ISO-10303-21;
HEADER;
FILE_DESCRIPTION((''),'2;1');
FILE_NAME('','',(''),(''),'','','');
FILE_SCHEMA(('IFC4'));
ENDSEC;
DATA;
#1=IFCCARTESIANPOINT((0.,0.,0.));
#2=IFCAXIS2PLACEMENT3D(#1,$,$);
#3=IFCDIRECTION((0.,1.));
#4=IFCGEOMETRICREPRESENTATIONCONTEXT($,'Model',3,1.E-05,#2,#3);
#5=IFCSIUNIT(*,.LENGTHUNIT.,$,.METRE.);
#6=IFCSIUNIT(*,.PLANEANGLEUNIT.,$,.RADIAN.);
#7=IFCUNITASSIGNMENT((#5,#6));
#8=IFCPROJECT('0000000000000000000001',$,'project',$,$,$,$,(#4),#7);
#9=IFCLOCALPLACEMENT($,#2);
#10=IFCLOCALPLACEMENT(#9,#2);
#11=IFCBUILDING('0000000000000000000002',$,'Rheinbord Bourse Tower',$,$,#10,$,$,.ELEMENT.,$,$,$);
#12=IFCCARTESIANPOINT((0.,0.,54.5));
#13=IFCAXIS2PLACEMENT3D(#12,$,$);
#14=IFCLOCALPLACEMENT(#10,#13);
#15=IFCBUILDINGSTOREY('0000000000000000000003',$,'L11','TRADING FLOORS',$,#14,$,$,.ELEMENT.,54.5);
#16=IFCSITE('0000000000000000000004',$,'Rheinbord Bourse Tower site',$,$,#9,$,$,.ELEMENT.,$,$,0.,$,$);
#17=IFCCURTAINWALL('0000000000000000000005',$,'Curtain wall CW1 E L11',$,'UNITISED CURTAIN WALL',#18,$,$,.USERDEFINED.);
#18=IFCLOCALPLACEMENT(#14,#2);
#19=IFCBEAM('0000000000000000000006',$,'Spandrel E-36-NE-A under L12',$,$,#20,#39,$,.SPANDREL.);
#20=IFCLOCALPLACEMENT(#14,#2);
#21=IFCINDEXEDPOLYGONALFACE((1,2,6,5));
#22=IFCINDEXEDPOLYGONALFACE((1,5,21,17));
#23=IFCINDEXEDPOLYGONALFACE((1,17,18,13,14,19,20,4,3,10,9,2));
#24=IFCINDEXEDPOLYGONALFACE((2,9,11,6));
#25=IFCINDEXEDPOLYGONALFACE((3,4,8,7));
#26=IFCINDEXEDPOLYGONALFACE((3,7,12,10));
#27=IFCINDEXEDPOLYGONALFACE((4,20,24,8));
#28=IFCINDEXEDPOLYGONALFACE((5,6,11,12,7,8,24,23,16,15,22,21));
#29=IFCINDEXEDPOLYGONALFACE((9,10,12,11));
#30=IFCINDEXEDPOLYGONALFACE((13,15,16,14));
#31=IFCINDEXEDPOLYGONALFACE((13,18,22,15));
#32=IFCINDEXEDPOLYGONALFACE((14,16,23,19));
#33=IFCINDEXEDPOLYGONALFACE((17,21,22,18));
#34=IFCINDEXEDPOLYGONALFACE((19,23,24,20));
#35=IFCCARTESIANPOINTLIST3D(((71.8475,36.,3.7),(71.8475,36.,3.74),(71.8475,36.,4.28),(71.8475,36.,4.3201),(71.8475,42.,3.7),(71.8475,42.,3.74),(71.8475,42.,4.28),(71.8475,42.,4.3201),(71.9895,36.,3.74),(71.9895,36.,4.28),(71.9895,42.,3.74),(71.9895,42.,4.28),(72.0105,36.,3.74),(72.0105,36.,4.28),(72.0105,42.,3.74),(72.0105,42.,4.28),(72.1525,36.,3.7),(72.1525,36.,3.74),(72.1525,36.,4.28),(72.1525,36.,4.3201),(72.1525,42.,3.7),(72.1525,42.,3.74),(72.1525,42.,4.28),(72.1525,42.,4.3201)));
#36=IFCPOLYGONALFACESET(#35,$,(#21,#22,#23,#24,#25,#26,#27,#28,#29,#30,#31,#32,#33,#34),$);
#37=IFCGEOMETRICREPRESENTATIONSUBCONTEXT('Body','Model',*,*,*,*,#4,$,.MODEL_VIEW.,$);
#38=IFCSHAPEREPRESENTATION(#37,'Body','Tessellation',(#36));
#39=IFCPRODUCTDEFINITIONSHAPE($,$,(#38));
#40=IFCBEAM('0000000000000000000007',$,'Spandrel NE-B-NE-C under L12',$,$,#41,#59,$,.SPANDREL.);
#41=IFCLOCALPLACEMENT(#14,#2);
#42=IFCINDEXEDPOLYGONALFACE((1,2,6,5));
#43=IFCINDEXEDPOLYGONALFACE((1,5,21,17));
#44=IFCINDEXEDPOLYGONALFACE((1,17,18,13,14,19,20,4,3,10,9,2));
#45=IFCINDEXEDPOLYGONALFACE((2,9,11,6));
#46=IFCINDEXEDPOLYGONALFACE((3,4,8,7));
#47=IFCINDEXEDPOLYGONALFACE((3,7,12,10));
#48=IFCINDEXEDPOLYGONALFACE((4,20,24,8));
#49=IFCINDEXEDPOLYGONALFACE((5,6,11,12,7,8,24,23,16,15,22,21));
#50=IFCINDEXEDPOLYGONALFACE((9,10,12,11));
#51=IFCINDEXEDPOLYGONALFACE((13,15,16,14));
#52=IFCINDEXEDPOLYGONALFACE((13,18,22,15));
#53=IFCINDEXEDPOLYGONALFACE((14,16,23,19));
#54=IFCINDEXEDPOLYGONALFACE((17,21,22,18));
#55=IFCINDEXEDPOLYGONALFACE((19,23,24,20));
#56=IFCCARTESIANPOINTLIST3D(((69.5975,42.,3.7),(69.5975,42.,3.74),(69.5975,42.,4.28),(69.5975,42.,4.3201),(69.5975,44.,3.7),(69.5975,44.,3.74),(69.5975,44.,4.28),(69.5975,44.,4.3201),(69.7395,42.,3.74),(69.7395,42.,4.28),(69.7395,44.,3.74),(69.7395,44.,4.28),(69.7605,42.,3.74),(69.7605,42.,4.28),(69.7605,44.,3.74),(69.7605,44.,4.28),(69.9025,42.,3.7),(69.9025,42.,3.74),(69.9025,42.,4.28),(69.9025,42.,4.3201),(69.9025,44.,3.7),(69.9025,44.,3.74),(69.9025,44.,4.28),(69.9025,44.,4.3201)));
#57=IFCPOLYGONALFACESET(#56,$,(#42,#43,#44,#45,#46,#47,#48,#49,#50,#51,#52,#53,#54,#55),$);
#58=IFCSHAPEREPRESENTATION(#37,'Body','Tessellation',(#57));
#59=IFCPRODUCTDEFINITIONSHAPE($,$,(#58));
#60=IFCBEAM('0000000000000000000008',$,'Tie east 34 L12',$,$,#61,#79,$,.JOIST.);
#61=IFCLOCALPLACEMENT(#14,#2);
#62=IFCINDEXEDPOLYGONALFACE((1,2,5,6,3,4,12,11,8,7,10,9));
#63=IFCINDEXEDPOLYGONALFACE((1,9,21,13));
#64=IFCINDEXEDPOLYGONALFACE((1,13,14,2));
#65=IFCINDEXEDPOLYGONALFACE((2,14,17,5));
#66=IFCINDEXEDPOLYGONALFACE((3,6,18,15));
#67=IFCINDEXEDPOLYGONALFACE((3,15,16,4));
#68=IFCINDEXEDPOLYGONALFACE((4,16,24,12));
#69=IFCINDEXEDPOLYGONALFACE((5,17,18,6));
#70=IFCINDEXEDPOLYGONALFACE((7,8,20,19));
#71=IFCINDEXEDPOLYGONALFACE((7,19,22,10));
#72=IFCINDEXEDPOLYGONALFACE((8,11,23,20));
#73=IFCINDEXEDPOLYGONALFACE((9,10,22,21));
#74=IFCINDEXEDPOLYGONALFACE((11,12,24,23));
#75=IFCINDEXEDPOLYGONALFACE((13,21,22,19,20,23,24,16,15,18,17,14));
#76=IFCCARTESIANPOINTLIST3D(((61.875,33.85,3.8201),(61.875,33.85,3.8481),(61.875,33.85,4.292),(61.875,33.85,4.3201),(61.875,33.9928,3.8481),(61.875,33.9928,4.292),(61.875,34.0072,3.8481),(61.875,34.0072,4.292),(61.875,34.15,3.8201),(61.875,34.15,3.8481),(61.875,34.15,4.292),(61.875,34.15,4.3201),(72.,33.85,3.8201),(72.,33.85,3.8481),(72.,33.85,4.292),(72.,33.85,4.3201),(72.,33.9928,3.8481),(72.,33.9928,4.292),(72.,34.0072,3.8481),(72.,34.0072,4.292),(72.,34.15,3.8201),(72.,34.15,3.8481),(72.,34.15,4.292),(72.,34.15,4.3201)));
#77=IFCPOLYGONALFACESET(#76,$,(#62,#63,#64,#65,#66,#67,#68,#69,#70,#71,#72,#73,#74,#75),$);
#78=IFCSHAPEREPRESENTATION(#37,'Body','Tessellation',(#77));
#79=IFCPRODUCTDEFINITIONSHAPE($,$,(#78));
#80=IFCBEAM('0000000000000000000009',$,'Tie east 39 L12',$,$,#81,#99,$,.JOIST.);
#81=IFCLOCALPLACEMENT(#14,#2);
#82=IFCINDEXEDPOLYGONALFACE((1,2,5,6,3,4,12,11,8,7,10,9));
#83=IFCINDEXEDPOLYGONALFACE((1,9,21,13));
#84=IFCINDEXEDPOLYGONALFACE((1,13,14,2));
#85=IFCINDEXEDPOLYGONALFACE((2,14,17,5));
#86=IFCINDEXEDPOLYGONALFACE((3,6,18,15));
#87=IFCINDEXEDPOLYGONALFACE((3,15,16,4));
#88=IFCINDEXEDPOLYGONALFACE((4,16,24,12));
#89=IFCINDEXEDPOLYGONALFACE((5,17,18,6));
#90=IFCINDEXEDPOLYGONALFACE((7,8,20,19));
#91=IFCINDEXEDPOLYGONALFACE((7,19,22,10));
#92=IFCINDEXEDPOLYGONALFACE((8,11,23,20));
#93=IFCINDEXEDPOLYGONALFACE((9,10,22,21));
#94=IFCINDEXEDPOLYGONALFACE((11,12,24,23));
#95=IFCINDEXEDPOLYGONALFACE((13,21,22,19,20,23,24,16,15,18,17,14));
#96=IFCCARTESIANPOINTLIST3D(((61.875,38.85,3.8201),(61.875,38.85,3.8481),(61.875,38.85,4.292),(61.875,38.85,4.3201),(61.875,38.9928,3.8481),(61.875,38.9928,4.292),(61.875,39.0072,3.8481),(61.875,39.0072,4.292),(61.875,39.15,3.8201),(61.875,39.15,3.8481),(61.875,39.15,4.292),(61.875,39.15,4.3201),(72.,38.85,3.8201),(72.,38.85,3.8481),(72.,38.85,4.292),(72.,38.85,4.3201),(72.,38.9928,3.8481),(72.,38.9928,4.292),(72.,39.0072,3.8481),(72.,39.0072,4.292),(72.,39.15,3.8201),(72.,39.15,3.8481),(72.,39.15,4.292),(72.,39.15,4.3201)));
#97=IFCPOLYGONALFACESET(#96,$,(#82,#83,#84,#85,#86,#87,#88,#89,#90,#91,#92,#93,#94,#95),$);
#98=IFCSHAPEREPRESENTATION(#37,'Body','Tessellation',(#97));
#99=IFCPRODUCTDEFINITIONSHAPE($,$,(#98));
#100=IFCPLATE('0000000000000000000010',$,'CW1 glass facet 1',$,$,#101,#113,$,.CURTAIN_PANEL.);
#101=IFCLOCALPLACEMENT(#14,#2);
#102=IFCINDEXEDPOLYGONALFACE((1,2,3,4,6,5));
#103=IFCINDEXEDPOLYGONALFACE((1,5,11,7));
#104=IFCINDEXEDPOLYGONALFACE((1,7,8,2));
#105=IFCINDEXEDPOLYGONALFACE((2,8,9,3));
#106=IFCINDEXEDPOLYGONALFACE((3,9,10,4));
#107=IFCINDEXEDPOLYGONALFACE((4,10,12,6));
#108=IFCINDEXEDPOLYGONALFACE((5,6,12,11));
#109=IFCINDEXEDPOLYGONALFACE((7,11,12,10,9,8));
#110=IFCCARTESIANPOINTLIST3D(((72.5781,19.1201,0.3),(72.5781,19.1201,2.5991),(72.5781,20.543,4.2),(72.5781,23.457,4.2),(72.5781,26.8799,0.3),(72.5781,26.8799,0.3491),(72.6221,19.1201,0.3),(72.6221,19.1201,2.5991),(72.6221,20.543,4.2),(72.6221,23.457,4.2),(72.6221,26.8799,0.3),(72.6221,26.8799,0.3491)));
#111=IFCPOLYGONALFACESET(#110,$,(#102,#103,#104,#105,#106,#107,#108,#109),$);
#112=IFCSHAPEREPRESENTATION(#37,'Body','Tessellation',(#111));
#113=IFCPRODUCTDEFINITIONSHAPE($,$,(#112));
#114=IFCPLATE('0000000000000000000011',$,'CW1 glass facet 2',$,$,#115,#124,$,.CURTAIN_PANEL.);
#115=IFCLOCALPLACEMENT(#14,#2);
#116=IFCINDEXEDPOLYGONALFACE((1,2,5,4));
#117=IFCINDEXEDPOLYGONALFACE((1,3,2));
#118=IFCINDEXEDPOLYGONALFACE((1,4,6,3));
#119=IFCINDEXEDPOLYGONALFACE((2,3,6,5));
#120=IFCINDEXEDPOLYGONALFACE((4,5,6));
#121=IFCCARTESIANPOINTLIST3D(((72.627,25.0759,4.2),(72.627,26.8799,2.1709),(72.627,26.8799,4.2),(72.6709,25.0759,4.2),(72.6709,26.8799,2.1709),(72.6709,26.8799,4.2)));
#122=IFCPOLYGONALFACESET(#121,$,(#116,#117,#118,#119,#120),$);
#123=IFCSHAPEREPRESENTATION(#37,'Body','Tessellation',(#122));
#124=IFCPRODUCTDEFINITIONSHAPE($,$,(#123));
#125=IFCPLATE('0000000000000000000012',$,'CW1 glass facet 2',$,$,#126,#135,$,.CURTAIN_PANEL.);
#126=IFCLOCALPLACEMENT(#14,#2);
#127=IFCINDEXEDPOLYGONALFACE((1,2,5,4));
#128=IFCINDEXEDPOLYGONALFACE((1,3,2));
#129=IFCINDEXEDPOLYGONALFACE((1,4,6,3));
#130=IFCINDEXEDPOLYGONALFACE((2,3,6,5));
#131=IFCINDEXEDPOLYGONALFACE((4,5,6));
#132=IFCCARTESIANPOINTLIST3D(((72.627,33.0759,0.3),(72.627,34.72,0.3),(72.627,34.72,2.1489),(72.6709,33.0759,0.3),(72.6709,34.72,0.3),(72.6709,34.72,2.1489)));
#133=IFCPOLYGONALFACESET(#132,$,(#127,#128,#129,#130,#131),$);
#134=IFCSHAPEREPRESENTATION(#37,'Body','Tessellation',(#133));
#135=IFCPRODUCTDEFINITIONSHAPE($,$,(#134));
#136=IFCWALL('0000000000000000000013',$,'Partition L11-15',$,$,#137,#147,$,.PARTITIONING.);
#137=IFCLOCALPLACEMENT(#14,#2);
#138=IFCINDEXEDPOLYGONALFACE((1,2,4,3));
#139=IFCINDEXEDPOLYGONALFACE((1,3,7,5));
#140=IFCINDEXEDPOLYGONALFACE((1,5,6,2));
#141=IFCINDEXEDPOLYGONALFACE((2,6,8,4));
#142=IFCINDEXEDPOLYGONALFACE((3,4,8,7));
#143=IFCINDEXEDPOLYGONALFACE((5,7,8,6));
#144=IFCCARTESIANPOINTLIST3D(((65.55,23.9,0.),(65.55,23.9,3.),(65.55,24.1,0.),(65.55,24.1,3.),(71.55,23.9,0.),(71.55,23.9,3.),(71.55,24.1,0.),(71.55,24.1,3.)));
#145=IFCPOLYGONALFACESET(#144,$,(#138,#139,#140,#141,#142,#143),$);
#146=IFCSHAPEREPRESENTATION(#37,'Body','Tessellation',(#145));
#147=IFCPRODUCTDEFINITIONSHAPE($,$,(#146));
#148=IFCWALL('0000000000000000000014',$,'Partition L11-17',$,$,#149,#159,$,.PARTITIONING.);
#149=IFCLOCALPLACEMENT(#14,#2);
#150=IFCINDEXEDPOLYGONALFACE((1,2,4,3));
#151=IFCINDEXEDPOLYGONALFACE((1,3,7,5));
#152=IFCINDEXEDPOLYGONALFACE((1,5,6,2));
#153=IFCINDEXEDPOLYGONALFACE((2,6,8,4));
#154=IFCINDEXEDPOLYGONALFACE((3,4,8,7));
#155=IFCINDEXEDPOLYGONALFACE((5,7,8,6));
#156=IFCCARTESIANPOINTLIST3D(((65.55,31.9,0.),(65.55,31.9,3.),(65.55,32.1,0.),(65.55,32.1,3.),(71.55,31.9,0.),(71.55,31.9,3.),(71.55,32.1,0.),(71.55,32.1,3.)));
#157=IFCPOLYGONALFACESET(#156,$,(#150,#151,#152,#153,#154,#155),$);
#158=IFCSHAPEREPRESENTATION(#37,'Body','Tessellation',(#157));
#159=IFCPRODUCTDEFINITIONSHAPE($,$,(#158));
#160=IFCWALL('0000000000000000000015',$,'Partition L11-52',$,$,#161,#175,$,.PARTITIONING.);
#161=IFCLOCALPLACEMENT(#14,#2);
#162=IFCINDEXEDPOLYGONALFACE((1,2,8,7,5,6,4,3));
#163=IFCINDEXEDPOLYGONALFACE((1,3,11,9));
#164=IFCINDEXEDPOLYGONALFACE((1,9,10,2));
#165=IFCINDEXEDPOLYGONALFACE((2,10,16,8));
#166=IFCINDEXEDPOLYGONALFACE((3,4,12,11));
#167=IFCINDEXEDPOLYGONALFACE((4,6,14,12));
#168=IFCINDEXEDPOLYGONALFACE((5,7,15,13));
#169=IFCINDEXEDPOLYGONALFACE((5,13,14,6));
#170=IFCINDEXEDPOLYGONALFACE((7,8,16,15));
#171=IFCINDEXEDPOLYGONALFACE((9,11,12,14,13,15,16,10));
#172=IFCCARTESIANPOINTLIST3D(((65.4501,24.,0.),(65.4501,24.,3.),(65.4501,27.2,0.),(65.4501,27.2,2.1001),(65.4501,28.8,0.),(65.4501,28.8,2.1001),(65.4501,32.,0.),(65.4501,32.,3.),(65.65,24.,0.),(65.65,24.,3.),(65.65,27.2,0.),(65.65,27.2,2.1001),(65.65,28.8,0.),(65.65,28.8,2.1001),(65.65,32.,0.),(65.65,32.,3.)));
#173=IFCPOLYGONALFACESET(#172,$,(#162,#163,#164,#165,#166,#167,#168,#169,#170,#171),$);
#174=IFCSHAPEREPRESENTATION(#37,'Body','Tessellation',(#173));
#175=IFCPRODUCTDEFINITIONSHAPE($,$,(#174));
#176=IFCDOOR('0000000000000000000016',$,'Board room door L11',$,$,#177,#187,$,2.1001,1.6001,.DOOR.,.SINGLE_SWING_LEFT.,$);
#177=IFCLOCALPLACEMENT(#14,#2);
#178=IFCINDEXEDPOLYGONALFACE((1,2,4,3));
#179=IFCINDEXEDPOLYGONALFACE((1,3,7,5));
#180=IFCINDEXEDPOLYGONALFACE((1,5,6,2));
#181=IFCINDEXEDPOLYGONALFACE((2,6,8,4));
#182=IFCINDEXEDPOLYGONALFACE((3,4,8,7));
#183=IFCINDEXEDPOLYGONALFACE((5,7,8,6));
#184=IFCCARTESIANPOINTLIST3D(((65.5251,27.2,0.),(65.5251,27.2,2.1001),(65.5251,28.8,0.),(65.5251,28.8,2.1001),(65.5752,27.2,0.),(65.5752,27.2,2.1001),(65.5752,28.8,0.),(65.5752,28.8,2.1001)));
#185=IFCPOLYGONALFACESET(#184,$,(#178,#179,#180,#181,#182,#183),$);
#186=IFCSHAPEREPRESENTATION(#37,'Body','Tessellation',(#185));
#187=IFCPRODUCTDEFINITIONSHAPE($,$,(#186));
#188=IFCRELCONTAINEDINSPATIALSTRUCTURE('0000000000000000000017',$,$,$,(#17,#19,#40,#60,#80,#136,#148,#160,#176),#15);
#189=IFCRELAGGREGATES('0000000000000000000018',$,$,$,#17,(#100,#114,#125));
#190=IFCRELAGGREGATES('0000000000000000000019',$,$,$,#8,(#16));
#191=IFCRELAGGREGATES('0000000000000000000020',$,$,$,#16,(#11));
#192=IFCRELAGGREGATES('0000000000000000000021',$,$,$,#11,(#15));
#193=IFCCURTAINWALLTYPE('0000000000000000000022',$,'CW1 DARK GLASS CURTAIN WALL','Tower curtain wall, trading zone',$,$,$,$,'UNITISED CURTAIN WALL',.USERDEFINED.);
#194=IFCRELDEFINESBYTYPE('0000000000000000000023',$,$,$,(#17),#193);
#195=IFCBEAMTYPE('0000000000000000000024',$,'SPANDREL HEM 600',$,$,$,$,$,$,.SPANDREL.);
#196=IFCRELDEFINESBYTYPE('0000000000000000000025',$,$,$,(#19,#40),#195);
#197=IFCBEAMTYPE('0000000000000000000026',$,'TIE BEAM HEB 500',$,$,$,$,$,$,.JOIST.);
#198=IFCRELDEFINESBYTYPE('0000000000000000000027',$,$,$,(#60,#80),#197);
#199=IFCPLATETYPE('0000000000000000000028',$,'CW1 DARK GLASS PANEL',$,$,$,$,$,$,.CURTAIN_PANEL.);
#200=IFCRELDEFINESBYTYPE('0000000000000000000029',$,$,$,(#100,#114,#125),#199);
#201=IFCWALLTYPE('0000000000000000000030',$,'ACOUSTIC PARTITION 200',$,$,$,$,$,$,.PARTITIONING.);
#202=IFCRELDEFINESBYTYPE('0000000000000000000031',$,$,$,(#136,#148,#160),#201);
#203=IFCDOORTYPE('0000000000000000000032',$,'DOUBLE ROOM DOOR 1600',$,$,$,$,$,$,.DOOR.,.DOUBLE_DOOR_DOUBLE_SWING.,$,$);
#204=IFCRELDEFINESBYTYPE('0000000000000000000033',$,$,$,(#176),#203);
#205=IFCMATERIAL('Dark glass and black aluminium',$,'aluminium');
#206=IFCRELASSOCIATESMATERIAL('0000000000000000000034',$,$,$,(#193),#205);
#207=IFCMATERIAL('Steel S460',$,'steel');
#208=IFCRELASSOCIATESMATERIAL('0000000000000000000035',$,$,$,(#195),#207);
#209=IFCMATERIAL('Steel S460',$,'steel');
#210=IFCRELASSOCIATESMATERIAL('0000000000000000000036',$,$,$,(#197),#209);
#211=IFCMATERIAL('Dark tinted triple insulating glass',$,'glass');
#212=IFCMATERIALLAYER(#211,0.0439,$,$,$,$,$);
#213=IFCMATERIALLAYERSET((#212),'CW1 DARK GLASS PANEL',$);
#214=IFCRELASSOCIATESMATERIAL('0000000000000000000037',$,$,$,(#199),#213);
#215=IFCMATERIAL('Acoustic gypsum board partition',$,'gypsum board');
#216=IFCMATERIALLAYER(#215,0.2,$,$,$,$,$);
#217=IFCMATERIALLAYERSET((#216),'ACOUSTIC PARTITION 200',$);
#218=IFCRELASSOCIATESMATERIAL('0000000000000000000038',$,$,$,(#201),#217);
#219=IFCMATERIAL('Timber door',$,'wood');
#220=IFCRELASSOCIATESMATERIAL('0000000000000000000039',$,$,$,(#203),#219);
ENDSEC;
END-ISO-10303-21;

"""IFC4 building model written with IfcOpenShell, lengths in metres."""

from ifc_helpers import new_model, si_unit, direction, frame, frame_2d, origin, origin_2d, place, context, subcontext, project, spatial, polyline, rectangle, i_section, outline, extrude, material, layer, layer_set, material_profile, profile_set, type_object, element, fill, aggregate, save


model = new_model("IFC4")

# Units and contexts
model_context = context("Model", 3, precision=1e-05, world=origin(), true_north=direction((0.0, 1.0)))
body_context = subcontext(model_context, "Body", "Model", "MODEL_VIEW")
ifc_project = project(units=[si_unit("LENGTHUNIT", "METRE"), si_unit("PLANEANGLEUNIT", "RADIAN")], contexts=[model_context])

# Site, building, storey
site_placement = place(None, origin())
site = spatial("IfcSite", under=ifc_project, at=site_placement, Name="Rheinbord Bourse Tower site", CompositionType="ELEMENT", RefElevation=0.0)
building_placement = place(site_placement, origin())
building = spatial("IfcBuilding", under=site, at=building_placement, Name="Rheinbord Bourse Tower", CompositionType="ELEMENT")
storey_placement = place(building_placement, frame((0.0, 0.0, 54.5)))
storey = spatial("IfcBuildingStorey", under=building, at=storey_placement, Name="L11", Description="TRADING FLOORS", CompositionType="ELEMENT", Elevation=54.5)

# Curtain wall
ifc_material_1 = material(Name="Dark glass and black aluminium", Category="aluminium")
curtain_wall_type = type_object("IfcCurtainWallType", Name="CW1 DARK GLASS CURTAIN WALL", Description="Tower curtain wall, trading zone", ElementType="UNITISED CURTAIN WALL", PredefinedType="USERDEFINED", material=ifc_material_1)
curtain_wall_placement = place(storey_placement, origin())
curtain_wall = element("IfcCurtainWall", 1, at=curtain_wall_placement, inside=storey, type_object=curtain_wall_type, Name="Curtain wall CW1 E L11", ObjectType="UNITISED CURTAIN WALL", PredefinedType="USERDEFINED")

# Beams
ifc_material_2 = material(Name="Steel S460", Category="steel")
ifc_material_profile_1 = material_profile(ifc_material_2, i_section(OverallWidth=0.3049, OverallDepth=0.6201, WebThickness=0.021, FlangeThickness=0.04, at=origin_2d()), Name="HEM 600")
ifc_profile_set_1 = profile_set([ifc_material_profile_1], Name="Steel S460")
beam_type_1 = type_object("IfcBeamType", Name="SPANDREL HEM 600", PredefinedType="SPANDREL", material=ifc_profile_set_1)
beam_1_placement = place(storey_placement, frame((72.0, 36.0, 4.01), z_axis=(0.0, 1.0, 0.0), x_axis=(-1.0, 0.0, 0.0)))
element("IfcBeam", 2, at=beam_1_placement, inside=storey, type_object=beam_type_1, Name="Spandrel E-36-NE-A under L12", PredefinedType="SPANDREL", context=body_context, shape_type="SweptSolid", body=[
    extrude(i_section(OverallWidth=0.3049, OverallDepth=0.6201, WebThickness=0.021, FlangeThickness=0.04, at=origin_2d()), origin(), (0.0, 0.0, 1.0), 6.0),
])
beam_2_placement = place(storey_placement, frame((69.75, 42.0, 4.01), z_axis=(0.0, 1.0, 0.0), x_axis=(-1.0, 0.0, 0.0)))
element("IfcBeam", 3, at=beam_2_placement, inside=storey, type_object=beam_type_1, Name="Spandrel NE-B-NE-C under L12", PredefinedType="SPANDREL", context=body_context, shape_type="SweptSolid", body=[
    extrude(i_section(OverallWidth=0.3049, OverallDepth=0.6201, WebThickness=0.021, FlangeThickness=0.04, at=origin_2d()), origin(), (0.0, 0.0, 1.0), 2.0),
])
ifc_material_3 = material(Name="Steel S460", Category="steel")
ifc_material_profile_2 = material_profile(ifc_material_3, i_section(OverallWidth=0.3, OverallDepth=0.5, WebThickness=0.0144, FlangeThickness=0.0281, at=origin_2d()), Name="HEB 500")
ifc_profile_set_2 = profile_set([ifc_material_profile_2], Name="Steel S460")
beam_type_2 = type_object("IfcBeamType", Name="TIE BEAM HEB 500", PredefinedType="JOIST", material=ifc_profile_set_2)
for number, where, z_axis, x_axis, name in (
    (4, (61.875, 34.0, 4.0701), (1.0, 0.0, 0.0), (0.0, 1.0, 0.0), "Tie east 34 L12"),
    (5, (61.875, 39.0, 4.0701), (1.0, 0.0, 0.0), (0.0, 1.0, 0.0), "Tie east 39 L12"),
):
    element("IfcBeam", number, at=place(storey_placement, frame(where, z_axis=z_axis, x_axis=x_axis)), inside=storey, type_object=beam_type_2, Name=name, PredefinedType="JOIST", context=body_context, shape_type="SweptSolid", body=[
        extrude(i_section(OverallWidth=0.3, OverallDepth=0.5, WebThickness=0.0144, FlangeThickness=0.0281, at=origin_2d()), origin(), (0.0, 0.0, 1.0), 10.125),
    ])

# Plates
ifc_material_4 = material(Name="Dark tinted triple insulating glass", Category="glass")
ifc_layer_1 = layer(ifc_material_4, 0.0439)
ifc_layer_set_1 = layer_set([ifc_layer_1], Name="CW1 DARK GLASS PANEL")
plate_type = type_object("IfcPlateType", Name="CW1 DARK GLASS PANEL", PredefinedType="CURTAIN_PANEL", material=ifc_layer_set_1)
plate_1_placement = place(storey_placement, frame((72.6221, 26.8799, 0.3), z_axis=(-1.0, 0.0, 0.0), x_axis=(0.0, -1.0, 0.0)))
plate_1 = element("IfcPlate", 6, at=plate_1_placement, type_object=plate_type, Name="CW1 glass facet 1", PredefinedType="CURTAIN_PANEL", context=body_context, shape_type="SweptSolid", body=[
    extrude(outline(polyline([(0.0, 0.0), (7.7598, 0.0), (7.7598, 2.2991), (6.3369, 3.8999), (3.4229, 3.8999), (0.0, 0.0491), (0.0, 0.0)])), origin(), (0.0, 0.0, 1.0), 0.0439),
])
plate_2_placement = place(storey_placement, frame((72.6709, 26.8799, 4.2), z_axis=(-1.0, 0.0, 0.0), x_axis=(0.0, 0.0, -1.0)))
plate_2 = element("IfcPlate", 7, at=plate_2_placement, type_object=plate_type, Name="CW1 glass facet 2", PredefinedType="CURTAIN_PANEL", context=body_context, shape_type="SweptSolid", body=[
    extrude(outline(polyline([(0.0, 0.0), (2.0291, 0.0), (0.0, 1.804), (0.0, 0.0)])), origin(), (0.0, 0.0, 1.0), 0.0439),
])
plate_3_placement = place(storey_placement, frame((72.6709, 34.72, 0.3), z_axis=(-1.0, 0.0, 0.0), x_axis=(0.0, -1.0, 0.0)))
plate_3 = element("IfcPlate", 8, at=plate_3_placement, type_object=plate_type, Name="CW1 glass facet 2", PredefinedType="CURTAIN_PANEL", context=body_context, shape_type="SweptSolid", body=[
    extrude(outline(polyline([(0.0, 0.0), (1.644, 0.0), (0.0, 1.8489), (0.0, 0.0)])), origin(), (0.0, 0.0, 1.0), 0.0439),
])
aggregate(curtain_wall, [plate_1, plate_2, plate_3])

# Walls
ifc_material_5 = material(Name="Acoustic gypsum board partition", Category="gypsum board")
ifc_layer_2 = layer(ifc_material_5, 0.2)
ifc_layer_set_2 = layer_set([ifc_layer_2], Name="ACOUSTIC PARTITION 200")
wall_type_1 = type_object("IfcWallType", Name="ACOUSTIC PARTITION 200", PredefinedType="PARTITIONING", material=ifc_layer_set_2)
for number, where, z_axis, x_axis, name in (
    (9, (65.55, 24.0, 0.0), (0.0, 0.0, 1.0), (1.0, 0.0, 0.0), "Partition L11-15"),
    (10, (65.55, 32.0, 0.0), (0.0, 0.0, 1.0), (1.0, 0.0, 0.0), "Partition L11-17"),
):
    element("IfcWall", number, at=place(storey_placement, frame(where, z_axis=z_axis, x_axis=x_axis)), inside=storey, type_object=wall_type_1, Name=name, PredefinedType="PARTITIONING", context=body_context, shape_type="SweptSolid", body=[
        extrude(rectangle(XDim=6.0, YDim=0.2, at=frame_2d((3.0, 0.0))), origin(), (0.0, 0.0, 1.0), 3.0),
    ])

# Wall, opening, door
wall_1_placement = place(storey_placement, frame((65.55, 24.0, 0.0), z_axis=(0.0, 0.0, 1.0), x_axis=(0.0, 1.0, 0.0)))
wall_1 = element("IfcWall", 11, at=wall_1_placement, inside=storey, type_object=wall_type_1, Name="Partition L11-52", PredefinedType="PARTITIONING", context=body_context, shape_type="SweptSolid", body=[
    extrude(rectangle(XDim=8.0, YDim=0.2, at=frame_2d((4.0, 0.0))), origin(), (0.0, 0.0, 1.0), 3.0),
])
opening_1_placement = place(wall_1_placement, frame((3.2, 0.0, 0.0)))
opening_1 = element("IfcOpeningElement", 12, at=opening_1_placement, cuts=wall_1, PredefinedType="OPENING", context=body_context, shape_type="SweptSolid", body=[
    extrude(rectangle(XDim=1.6001, YDim=2.1001, at=frame_2d((0.8, 1.05))), frame((0.0, 0.1099, 0.0), z_axis=(0.0, -1.0, 0.0), x_axis=(1.0, 0.0, 0.0)), (0.0, 0.0, 1.0), 0.22),
])
ifc_material_6 = material(Name="Timber door", Category="wood")
door_type_1 = type_object("IfcDoorType", Name="DOUBLE ROOM DOOR 1600", OperationType="DOUBLE_DOOR_DOUBLE_SWING", PredefinedType="DOOR", material=ifc_material_6)
door_1_placement = place(opening_1_placement, origin())
door_1 = element("IfcDoor", 13, at=door_1_placement, inside=storey, type_object=door_type_1, Name="Board room door L11", OperationType="SINGLE_SWING_LEFT", OverallHeight=2.1001, OverallWidth=1.6001, PredefinedType="DOOR", context=body_context, shape_type="SweptSolid", body=[
    extrude(rectangle(XDim=1.6001, YDim=2.1001, at=frame_2d((0.8, 1.05))), frame((0.0, 0.0249, 0.0), z_axis=(0.0, -1.0, 0.0), x_axis=(1.0, 0.0, 0.0)), (0.0, 0.0, 1.0), 0.05),
])
fill(opening_1, door_1)

save(model, "model.ifc")
